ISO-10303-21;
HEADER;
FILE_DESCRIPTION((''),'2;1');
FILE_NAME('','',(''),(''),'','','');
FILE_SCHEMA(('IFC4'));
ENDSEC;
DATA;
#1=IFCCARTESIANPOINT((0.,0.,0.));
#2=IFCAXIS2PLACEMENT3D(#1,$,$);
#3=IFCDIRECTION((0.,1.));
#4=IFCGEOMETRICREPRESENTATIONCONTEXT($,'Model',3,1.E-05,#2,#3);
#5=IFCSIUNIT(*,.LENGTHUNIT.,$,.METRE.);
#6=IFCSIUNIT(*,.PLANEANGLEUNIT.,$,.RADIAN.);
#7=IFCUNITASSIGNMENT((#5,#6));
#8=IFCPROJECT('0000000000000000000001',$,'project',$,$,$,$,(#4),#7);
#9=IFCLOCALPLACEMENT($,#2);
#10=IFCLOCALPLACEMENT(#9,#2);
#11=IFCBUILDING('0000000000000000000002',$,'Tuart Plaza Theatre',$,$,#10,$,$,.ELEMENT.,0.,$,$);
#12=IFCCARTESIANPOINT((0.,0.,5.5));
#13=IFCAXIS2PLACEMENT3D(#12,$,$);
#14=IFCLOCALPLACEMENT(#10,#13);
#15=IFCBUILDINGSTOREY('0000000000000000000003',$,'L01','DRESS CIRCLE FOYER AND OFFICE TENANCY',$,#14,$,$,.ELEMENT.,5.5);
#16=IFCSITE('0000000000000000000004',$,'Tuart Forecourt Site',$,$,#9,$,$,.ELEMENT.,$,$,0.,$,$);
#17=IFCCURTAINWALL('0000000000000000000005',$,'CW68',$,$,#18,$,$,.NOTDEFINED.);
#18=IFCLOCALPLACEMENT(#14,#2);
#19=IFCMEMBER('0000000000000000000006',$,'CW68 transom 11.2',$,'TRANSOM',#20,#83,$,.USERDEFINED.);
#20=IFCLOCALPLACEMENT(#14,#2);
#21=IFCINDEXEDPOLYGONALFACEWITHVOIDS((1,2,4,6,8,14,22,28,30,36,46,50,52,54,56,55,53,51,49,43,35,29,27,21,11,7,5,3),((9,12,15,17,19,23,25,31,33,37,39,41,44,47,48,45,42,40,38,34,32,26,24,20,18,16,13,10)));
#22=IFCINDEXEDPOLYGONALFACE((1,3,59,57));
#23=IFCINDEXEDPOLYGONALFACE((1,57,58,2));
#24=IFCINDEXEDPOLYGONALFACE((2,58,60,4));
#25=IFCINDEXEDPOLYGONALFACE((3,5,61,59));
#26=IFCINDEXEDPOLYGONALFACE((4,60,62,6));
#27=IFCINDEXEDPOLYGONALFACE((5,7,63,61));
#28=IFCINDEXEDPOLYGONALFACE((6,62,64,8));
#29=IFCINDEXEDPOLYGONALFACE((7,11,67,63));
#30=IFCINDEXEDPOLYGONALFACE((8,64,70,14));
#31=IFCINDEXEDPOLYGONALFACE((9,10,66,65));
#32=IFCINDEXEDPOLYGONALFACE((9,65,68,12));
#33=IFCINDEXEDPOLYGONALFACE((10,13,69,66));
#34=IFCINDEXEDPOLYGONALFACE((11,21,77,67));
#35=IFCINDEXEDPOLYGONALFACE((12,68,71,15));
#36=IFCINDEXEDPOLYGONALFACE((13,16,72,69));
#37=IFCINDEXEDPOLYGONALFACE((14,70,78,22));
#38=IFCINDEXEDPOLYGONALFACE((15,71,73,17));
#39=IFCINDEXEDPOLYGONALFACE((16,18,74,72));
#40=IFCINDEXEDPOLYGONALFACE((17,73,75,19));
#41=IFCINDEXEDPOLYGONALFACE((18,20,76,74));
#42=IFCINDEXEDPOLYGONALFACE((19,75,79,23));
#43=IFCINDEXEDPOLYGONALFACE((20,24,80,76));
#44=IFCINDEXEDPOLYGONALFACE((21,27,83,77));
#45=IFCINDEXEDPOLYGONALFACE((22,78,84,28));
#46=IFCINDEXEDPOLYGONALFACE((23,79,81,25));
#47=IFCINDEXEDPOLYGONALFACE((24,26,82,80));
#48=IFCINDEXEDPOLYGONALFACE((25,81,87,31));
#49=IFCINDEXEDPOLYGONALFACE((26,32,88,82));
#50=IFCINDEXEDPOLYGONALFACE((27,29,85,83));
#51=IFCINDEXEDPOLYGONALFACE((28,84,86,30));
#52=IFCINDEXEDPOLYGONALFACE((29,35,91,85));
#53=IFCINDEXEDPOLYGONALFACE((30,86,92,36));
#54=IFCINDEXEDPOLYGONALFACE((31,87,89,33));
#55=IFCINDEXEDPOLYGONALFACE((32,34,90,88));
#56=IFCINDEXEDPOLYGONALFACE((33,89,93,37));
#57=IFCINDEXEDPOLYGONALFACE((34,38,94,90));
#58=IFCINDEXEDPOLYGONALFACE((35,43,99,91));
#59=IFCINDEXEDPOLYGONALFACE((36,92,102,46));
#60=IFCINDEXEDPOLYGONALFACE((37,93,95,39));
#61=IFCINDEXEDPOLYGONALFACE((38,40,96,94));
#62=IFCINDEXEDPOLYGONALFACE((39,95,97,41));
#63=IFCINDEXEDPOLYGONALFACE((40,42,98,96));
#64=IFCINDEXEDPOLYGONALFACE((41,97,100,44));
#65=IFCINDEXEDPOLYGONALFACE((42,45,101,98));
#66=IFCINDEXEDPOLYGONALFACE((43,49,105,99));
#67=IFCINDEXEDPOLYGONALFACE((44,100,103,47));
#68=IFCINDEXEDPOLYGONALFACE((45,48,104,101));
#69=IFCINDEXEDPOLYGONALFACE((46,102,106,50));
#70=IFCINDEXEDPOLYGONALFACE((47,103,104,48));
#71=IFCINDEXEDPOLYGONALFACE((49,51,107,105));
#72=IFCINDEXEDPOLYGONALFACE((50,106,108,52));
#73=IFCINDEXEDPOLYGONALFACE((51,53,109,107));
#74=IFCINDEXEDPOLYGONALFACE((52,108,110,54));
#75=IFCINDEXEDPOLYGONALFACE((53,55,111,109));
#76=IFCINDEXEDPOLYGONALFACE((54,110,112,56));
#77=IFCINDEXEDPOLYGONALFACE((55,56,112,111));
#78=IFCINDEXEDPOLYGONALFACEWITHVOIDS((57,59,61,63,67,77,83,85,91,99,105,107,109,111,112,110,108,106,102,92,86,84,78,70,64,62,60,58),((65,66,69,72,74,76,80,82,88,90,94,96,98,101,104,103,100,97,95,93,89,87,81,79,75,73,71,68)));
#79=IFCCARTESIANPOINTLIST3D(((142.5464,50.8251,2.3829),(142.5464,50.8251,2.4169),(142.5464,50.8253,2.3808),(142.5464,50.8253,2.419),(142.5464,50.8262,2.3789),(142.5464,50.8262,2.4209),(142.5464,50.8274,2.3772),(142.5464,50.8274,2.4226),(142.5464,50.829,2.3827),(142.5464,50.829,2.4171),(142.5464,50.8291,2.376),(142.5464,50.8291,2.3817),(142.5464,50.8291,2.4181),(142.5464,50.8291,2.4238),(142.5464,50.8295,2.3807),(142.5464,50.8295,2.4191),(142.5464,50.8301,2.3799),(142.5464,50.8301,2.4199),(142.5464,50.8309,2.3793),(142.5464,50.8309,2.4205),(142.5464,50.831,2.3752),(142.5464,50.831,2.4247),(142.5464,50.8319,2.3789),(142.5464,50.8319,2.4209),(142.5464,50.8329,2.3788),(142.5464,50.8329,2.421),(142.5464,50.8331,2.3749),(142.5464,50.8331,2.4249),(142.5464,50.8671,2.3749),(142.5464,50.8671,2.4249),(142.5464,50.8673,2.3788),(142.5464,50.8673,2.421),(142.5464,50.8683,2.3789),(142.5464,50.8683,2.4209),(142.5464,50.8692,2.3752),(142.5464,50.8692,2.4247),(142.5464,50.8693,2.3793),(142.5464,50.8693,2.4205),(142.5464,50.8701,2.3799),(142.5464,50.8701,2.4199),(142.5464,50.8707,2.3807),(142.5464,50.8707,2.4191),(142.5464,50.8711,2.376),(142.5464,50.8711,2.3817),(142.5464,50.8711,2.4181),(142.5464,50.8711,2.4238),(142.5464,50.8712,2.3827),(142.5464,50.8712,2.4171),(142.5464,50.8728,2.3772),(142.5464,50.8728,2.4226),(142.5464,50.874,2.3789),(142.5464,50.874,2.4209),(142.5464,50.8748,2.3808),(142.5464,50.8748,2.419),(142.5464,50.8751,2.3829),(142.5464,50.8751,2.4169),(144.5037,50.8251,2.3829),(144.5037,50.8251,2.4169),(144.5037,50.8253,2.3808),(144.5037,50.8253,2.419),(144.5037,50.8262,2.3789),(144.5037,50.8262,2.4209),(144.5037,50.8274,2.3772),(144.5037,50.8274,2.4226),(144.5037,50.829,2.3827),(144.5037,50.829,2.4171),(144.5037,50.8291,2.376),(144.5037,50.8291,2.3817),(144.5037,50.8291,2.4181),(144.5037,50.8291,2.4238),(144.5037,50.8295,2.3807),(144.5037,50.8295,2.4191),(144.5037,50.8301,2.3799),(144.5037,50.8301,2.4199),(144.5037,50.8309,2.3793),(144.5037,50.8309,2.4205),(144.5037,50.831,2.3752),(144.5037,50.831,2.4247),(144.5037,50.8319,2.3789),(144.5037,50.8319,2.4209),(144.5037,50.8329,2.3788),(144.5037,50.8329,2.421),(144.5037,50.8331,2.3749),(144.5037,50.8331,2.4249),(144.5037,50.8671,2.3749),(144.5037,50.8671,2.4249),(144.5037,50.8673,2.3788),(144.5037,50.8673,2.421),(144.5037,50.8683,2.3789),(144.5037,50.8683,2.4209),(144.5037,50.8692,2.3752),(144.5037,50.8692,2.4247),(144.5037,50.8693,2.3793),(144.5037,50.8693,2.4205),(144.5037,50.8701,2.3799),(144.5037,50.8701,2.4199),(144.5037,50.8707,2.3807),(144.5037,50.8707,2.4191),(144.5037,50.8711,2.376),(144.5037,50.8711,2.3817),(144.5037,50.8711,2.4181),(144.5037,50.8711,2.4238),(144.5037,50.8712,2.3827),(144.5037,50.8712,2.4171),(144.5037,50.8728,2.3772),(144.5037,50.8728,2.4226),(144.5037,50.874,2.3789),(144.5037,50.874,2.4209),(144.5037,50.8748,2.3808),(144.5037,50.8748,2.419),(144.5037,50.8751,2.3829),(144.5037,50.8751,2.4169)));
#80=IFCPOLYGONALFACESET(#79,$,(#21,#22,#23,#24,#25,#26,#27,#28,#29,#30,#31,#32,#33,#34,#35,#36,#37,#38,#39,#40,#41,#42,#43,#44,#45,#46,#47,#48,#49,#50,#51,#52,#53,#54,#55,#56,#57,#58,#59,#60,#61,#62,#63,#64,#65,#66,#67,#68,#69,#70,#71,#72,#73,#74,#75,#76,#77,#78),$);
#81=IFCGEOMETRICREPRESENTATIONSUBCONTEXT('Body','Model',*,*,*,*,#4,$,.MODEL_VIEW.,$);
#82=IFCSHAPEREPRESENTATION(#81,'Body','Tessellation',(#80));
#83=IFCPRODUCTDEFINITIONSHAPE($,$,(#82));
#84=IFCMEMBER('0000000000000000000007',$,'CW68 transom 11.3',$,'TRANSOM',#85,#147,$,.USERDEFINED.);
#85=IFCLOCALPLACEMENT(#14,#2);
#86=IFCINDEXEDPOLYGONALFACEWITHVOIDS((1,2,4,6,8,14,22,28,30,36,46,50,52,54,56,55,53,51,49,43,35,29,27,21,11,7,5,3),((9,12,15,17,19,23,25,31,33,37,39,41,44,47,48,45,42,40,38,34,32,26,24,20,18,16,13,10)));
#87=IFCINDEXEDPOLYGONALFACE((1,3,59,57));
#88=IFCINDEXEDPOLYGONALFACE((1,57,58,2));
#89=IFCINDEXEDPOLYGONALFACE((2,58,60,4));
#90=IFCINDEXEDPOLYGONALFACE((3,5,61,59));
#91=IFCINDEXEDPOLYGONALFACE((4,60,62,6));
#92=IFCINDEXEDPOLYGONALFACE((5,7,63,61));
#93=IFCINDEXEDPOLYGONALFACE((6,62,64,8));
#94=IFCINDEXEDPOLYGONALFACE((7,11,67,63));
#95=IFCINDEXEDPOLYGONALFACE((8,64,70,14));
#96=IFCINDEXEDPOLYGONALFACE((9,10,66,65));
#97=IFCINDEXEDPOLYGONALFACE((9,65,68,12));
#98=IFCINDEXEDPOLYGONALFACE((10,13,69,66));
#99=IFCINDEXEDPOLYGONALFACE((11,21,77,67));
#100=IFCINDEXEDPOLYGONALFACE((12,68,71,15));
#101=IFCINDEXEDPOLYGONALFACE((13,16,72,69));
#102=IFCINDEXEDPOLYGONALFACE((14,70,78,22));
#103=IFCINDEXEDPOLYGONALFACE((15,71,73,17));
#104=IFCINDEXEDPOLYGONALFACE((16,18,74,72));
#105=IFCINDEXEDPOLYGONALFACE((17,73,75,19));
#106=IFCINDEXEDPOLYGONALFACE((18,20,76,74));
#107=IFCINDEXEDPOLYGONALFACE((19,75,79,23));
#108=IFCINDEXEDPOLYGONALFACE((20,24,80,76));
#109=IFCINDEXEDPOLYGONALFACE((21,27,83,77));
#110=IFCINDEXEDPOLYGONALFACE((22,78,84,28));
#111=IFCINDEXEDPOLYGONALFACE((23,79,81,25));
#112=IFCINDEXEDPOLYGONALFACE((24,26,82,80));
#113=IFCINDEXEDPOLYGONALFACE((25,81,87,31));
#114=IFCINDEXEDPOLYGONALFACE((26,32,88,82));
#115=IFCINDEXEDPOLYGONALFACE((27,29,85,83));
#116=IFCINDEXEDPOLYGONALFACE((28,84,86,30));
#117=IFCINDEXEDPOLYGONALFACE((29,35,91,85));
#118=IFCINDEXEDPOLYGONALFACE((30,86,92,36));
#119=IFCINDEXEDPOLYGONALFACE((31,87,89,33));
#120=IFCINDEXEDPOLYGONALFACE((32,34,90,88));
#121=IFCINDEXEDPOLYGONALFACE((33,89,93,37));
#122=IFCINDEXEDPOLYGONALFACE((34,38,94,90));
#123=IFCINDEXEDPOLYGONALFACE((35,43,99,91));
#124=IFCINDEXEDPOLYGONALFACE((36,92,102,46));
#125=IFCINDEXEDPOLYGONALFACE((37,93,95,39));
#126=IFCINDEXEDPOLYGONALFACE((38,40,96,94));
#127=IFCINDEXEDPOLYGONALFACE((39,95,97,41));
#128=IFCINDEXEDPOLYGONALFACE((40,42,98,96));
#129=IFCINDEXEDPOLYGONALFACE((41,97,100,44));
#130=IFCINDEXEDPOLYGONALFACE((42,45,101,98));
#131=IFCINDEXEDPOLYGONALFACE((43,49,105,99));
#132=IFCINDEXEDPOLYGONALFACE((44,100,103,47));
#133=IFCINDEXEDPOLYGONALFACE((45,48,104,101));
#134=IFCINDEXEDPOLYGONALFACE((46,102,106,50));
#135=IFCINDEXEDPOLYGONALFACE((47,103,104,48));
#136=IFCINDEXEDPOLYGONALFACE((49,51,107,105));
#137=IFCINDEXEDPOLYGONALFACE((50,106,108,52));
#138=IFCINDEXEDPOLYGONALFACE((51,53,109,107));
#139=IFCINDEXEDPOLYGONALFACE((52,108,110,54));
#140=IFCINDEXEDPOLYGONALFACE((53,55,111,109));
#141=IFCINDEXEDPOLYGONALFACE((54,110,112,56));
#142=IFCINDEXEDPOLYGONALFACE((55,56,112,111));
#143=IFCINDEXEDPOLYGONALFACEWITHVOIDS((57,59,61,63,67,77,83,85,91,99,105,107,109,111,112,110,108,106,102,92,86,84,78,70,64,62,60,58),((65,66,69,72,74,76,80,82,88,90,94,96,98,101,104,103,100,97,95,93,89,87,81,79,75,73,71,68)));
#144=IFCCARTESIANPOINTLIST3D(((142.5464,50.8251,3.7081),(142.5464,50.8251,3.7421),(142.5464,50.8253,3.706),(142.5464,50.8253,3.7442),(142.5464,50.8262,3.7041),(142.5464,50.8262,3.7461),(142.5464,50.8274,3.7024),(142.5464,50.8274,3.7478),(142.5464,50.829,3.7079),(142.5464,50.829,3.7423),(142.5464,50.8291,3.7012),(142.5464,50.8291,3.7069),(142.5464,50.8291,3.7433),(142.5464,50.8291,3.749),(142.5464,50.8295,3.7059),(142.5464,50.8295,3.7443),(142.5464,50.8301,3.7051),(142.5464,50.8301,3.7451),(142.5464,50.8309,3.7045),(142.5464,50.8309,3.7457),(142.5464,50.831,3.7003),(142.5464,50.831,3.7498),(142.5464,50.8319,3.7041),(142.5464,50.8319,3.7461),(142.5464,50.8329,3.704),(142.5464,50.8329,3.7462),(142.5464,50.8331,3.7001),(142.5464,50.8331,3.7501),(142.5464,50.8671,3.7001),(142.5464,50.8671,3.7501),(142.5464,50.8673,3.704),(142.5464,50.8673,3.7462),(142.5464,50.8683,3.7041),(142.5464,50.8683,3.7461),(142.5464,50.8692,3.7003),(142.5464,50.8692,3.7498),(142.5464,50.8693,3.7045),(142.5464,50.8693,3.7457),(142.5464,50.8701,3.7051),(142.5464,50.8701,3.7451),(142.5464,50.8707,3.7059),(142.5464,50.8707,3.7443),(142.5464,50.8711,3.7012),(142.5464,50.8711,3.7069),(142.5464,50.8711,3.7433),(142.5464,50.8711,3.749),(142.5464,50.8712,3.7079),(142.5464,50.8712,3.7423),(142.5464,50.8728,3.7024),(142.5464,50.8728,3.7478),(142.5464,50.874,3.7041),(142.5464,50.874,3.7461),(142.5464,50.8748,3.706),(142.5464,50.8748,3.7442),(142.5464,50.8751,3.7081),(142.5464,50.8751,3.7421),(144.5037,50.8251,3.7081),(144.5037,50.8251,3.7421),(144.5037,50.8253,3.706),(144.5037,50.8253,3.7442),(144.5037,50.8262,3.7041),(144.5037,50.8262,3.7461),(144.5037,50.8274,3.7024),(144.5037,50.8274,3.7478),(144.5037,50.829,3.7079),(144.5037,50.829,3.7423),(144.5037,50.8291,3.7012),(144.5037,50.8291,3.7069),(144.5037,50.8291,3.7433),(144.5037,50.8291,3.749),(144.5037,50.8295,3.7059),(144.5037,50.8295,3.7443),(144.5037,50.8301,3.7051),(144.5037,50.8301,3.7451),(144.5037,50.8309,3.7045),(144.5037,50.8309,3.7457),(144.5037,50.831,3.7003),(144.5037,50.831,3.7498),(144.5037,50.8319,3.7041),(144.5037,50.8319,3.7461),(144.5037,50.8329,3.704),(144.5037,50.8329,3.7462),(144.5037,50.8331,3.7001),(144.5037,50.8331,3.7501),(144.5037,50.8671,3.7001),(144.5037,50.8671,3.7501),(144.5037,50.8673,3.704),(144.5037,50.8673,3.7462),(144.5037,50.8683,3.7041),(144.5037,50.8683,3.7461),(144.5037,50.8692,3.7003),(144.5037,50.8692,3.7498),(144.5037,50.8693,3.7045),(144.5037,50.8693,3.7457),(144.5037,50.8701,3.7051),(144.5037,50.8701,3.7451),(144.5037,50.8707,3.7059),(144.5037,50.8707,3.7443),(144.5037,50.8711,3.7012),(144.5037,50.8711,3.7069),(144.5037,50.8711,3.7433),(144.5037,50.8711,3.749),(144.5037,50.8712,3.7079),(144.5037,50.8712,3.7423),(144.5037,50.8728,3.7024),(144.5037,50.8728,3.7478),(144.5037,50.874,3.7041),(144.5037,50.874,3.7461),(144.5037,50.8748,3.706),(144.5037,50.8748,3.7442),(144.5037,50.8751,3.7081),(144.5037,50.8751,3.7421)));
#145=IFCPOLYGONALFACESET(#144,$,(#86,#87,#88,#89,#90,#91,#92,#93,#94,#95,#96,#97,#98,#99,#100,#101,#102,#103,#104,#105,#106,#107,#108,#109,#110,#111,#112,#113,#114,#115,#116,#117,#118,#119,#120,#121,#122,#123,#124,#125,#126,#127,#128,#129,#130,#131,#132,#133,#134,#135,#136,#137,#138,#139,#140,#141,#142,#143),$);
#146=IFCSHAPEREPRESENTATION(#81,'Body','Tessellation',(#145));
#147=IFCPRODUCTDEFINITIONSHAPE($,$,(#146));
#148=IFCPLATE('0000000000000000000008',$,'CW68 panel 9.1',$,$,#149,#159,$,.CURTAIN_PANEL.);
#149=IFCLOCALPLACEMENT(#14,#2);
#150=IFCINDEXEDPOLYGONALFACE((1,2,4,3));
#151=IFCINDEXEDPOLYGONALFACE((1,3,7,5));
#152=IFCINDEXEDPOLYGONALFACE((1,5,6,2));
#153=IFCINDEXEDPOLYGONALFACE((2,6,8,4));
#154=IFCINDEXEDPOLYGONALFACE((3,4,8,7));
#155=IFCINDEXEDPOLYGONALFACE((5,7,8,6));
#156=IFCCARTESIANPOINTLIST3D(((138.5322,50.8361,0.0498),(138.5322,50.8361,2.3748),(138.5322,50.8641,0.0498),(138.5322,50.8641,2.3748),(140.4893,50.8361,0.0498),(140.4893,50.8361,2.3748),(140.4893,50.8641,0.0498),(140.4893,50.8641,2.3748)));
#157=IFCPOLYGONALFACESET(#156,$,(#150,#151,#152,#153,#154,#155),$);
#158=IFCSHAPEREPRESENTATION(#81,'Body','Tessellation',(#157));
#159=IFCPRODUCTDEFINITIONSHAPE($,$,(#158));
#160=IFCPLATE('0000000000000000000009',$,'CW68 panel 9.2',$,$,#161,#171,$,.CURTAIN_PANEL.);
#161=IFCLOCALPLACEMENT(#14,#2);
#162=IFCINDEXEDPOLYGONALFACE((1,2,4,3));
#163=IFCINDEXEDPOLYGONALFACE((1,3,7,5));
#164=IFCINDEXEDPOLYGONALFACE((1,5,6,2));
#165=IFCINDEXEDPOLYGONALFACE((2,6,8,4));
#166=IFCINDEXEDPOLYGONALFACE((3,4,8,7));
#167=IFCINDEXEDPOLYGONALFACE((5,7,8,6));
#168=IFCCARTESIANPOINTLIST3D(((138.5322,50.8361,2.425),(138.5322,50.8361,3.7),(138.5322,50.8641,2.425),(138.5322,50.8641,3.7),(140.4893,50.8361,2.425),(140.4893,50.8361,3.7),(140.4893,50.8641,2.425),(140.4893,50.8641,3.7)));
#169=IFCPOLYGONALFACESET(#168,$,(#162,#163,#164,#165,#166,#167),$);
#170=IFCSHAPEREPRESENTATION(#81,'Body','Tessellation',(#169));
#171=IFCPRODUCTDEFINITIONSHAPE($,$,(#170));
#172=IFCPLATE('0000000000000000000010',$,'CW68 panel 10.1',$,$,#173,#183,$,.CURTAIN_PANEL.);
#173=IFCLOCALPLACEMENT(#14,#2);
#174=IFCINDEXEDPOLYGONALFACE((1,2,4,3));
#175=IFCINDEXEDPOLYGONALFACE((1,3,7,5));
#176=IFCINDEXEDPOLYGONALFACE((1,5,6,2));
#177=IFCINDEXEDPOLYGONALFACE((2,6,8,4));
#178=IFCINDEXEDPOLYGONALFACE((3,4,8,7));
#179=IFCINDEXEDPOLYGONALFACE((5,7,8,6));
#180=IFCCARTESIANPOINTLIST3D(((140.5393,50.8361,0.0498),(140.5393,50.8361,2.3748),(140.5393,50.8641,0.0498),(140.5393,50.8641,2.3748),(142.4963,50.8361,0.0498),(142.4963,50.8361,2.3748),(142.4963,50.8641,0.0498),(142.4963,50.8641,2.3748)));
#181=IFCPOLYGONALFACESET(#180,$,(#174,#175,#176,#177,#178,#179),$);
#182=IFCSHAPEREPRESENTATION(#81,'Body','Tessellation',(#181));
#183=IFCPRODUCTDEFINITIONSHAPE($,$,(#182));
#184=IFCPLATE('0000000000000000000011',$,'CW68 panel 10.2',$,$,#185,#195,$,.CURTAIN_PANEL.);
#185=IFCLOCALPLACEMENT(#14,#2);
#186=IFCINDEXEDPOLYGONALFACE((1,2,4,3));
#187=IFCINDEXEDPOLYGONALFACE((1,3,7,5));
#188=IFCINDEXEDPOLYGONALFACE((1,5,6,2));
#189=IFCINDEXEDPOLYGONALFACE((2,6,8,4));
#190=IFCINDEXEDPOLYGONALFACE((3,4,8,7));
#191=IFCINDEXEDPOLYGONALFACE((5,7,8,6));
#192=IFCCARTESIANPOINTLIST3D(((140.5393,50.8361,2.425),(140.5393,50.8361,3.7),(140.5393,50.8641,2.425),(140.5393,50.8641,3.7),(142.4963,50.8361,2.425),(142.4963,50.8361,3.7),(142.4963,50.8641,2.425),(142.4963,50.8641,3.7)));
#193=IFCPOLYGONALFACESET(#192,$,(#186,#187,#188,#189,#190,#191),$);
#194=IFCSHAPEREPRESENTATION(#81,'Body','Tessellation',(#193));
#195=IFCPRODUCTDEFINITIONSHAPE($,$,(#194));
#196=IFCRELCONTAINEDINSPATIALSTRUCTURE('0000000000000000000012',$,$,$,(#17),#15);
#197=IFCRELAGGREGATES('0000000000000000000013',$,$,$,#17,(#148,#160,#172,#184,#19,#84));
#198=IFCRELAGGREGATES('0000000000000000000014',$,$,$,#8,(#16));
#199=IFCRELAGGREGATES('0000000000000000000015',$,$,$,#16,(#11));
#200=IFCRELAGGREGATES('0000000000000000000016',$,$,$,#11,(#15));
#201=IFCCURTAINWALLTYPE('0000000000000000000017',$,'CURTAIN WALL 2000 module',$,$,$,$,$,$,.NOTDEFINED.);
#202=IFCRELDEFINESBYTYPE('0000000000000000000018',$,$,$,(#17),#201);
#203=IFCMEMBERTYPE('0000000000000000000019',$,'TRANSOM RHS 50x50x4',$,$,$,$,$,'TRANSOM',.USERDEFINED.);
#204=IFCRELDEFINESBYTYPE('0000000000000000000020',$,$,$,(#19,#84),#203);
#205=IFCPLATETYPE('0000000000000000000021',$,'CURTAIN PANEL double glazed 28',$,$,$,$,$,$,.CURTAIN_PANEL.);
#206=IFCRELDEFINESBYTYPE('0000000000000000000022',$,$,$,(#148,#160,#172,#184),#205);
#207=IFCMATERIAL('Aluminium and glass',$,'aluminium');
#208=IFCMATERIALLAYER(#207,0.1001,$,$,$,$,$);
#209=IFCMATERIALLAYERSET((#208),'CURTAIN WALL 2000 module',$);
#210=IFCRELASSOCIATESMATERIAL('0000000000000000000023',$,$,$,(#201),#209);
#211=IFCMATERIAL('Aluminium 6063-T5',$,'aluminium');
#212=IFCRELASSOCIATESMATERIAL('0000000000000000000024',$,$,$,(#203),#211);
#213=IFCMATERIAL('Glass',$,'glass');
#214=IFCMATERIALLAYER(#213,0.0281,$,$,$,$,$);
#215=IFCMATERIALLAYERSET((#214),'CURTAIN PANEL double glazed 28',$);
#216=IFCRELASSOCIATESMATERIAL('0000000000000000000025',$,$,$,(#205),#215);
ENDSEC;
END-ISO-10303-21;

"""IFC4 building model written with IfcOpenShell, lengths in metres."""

from ifc_helpers import new_model, si_unit, direction, frame, origin, origin_2d, place, context, subcontext, project, spatial, rectangle, hollow_rectangle, extrude, material, layer, layer_set, material_profile, profile_set, type_object, element, aggregate, save


model = new_model("IFC4")

# Units and contexts
model_context = context("Model", 3, precision=1e-05, world=origin(), true_north=direction((0.0, 1.0)))
body_context = subcontext(model_context, "Body", "Model", "MODEL_VIEW")
ifc_project = project(units=[si_unit("LENGTHUNIT", "METRE"), si_unit("PLANEANGLEUNIT", "RADIAN")], contexts=[model_context])

# Site, building, storey
site_placement = place(None, origin())
site = spatial("IfcSite", under=ifc_project, at=site_placement, Name="Tuart Forecourt Site", CompositionType="ELEMENT", RefElevation=0.0)
building_placement = place(site_placement, origin())
building = spatial("IfcBuilding", under=site, at=building_placement, Name="Tuart Plaza Theatre", CompositionType="ELEMENT", ElevationOfRefHeight=0.0)
storey_placement = place(building_placement, frame((0.0, 0.0, 5.5)))
storey = spatial("IfcBuildingStorey", under=building, at=storey_placement, Name="L01", Description="DRESS CIRCLE FOYER AND OFFICE TENANCY", CompositionType="ELEMENT", Elevation=5.5)

# Curtain wall, members, plates
ifc_material_1 = material(Name="Aluminium and glass", Category="aluminium")
ifc_layer_1 = layer(ifc_material_1, 0.1001)
ifc_layer_set_1 = layer_set([ifc_layer_1], Name="CURTAIN WALL 2000 module")
curtain_wall_type = type_object("IfcCurtainWallType", Name="CURTAIN WALL 2000 module", PredefinedType="NOTDEFINED", material=ifc_layer_set_1)
curtain_wall_placement = place(storey_placement, origin())
curtain_wall = element("IfcCurtainWall", 1, at=curtain_wall_placement, inside=storey, type_object=curtain_wall_type, Name="CW68", PredefinedType="NOTDEFINED")
ifc_material_2 = material(Name="Aluminium 6063-T5", Category="aluminium")
ifc_material_profile_1 = material_profile(ifc_material_2, hollow_rectangle(XDim=0.05, YDim=0.05, WallThickness=0.0039, InnerFilletRadius=0.0039, OuterFilletRadius=0.0081, at=origin_2d()), Name="RHS 50x50x4")
ifc_profile_set_1 = profile_set([ifc_material_profile_1], Name="Aluminium 6063-T5")
member_type_1 = type_object("IfcMemberType", Name="TRANSOM RHS 50x50x4", ElementType="TRANSOM", PredefinedType="USERDEFINED", material=ifc_profile_set_1)
member_1_placement = place(storey_placement, frame((142.5464, 50.8501, 2.3999), z_axis=(1.0, 0.0, 0.0), x_axis=(0.0, 1.0, 0.0)))
member_1 = element("IfcMember", 2, at=member_1_placement, type_object=member_type_1, Name="CW68 transom 11.2", ObjectType="TRANSOM", PredefinedType="USERDEFINED", context=body_context, shape_type="SweptSolid", body=[
    extrude(hollow_rectangle(XDim=0.05, YDim=0.05, WallThickness=0.0039, InnerFilletRadius=0.0039, OuterFilletRadius=0.0081, at=origin_2d()), origin(), (0.0, 0.0, 1.0), 1.9573),
])
member_2_placement = place(storey_placement, frame((142.5464, 50.8501, 3.7251), z_axis=(1.0, 0.0, 0.0), x_axis=(0.0, 1.0, 0.0)))
member_2 = element("IfcMember", 3, at=member_2_placement, type_object=member_type_1, Name="CW68 transom 11.3", ObjectType="TRANSOM", PredefinedType="USERDEFINED", context=body_context, shape_type="SweptSolid", body=[
    extrude(hollow_rectangle(XDim=0.05, YDim=0.05, WallThickness=0.0039, InnerFilletRadius=0.0039, OuterFilletRadius=0.0081, at=origin_2d()), origin(), (0.0, 0.0, 1.0), 1.9573),
])
ifc_material_3 = material(Name="Glass", Category="glass")
ifc_layer_2 = layer(ifc_material_3, 0.0281)
ifc_layer_set_2 = layer_set([ifc_layer_2], Name="CURTAIN PANEL double glazed 28")
plate_type = type_object("IfcPlateType", Name="CURTAIN PANEL double glazed 28", PredefinedType="CURTAIN_PANEL", material=ifc_layer_set_2)
plate_1_placement = place(storey_placement, frame((139.5107, 50.8501, 0.0498), z_axis=(0.0, 0.0, 1.0), x_axis=(1.0, 0.0, 0.0)))
plate_1 = element("IfcPlate", 4, at=plate_1_placement, type_object=plate_type, Name="CW68 panel 9.1", PredefinedType="CURTAIN_PANEL", context=body_context, shape_type="SweptSolid", body=[
    extrude(rectangle(XDim=1.957, YDim=0.0281, at=origin_2d()), origin(), (0.0, 0.0, 1.0), 2.325),
])
plate_2_placement = place(storey_placement, frame((139.5107, 50.8501, 2.425), z_axis=(0.0, 0.0, 1.0), x_axis=(1.0, 0.0, 0.0)))
plate_2 = element("IfcPlate", 5, at=plate_2_placement, type_object=plate_type, Name="CW68 panel 9.2", PredefinedType="CURTAIN_PANEL", context=body_context, shape_type="SweptSolid", body=[
    extrude(rectangle(XDim=1.957, YDim=0.0281, at=origin_2d()), origin(), (0.0, 0.0, 1.0), 1.2749),
])
plate_3_placement = place(storey_placement, frame((141.5178, 50.8501, 0.0498), z_axis=(0.0, 0.0, 1.0), x_axis=(1.0, 0.0, 0.0)))
plate_3 = element("IfcPlate", 6, at=plate_3_placement, type_object=plate_type, Name="CW68 panel 10.1", PredefinedType="CURTAIN_PANEL", context=body_context, shape_type="SweptSolid", body=[
    extrude(rectangle(XDim=1.957, YDim=0.0281, at=origin_2d()), origin(), (0.0, 0.0, 1.0), 2.325),
])
plate_4_placement = place(storey_placement, frame((141.5178, 50.8501, 2.425), z_axis=(0.0, 0.0, 1.0), x_axis=(1.0, 0.0, 0.0)))
plate_4 = element("IfcPlate", 7, at=plate_4_placement, type_object=plate_type, Name="CW68 panel 10.2", PredefinedType="CURTAIN_PANEL", context=body_context, shape_type="SweptSolid", body=[
    extrude(rectangle(XDim=1.957, YDim=0.0281, at=origin_2d()), origin(), (0.0, 0.0, 1.0), 1.2749),
])
aggregate(curtain_wall, [plate_1, plate_2, plate_3, plate_4, member_1, member_2])

save(model, "model.ifc")
